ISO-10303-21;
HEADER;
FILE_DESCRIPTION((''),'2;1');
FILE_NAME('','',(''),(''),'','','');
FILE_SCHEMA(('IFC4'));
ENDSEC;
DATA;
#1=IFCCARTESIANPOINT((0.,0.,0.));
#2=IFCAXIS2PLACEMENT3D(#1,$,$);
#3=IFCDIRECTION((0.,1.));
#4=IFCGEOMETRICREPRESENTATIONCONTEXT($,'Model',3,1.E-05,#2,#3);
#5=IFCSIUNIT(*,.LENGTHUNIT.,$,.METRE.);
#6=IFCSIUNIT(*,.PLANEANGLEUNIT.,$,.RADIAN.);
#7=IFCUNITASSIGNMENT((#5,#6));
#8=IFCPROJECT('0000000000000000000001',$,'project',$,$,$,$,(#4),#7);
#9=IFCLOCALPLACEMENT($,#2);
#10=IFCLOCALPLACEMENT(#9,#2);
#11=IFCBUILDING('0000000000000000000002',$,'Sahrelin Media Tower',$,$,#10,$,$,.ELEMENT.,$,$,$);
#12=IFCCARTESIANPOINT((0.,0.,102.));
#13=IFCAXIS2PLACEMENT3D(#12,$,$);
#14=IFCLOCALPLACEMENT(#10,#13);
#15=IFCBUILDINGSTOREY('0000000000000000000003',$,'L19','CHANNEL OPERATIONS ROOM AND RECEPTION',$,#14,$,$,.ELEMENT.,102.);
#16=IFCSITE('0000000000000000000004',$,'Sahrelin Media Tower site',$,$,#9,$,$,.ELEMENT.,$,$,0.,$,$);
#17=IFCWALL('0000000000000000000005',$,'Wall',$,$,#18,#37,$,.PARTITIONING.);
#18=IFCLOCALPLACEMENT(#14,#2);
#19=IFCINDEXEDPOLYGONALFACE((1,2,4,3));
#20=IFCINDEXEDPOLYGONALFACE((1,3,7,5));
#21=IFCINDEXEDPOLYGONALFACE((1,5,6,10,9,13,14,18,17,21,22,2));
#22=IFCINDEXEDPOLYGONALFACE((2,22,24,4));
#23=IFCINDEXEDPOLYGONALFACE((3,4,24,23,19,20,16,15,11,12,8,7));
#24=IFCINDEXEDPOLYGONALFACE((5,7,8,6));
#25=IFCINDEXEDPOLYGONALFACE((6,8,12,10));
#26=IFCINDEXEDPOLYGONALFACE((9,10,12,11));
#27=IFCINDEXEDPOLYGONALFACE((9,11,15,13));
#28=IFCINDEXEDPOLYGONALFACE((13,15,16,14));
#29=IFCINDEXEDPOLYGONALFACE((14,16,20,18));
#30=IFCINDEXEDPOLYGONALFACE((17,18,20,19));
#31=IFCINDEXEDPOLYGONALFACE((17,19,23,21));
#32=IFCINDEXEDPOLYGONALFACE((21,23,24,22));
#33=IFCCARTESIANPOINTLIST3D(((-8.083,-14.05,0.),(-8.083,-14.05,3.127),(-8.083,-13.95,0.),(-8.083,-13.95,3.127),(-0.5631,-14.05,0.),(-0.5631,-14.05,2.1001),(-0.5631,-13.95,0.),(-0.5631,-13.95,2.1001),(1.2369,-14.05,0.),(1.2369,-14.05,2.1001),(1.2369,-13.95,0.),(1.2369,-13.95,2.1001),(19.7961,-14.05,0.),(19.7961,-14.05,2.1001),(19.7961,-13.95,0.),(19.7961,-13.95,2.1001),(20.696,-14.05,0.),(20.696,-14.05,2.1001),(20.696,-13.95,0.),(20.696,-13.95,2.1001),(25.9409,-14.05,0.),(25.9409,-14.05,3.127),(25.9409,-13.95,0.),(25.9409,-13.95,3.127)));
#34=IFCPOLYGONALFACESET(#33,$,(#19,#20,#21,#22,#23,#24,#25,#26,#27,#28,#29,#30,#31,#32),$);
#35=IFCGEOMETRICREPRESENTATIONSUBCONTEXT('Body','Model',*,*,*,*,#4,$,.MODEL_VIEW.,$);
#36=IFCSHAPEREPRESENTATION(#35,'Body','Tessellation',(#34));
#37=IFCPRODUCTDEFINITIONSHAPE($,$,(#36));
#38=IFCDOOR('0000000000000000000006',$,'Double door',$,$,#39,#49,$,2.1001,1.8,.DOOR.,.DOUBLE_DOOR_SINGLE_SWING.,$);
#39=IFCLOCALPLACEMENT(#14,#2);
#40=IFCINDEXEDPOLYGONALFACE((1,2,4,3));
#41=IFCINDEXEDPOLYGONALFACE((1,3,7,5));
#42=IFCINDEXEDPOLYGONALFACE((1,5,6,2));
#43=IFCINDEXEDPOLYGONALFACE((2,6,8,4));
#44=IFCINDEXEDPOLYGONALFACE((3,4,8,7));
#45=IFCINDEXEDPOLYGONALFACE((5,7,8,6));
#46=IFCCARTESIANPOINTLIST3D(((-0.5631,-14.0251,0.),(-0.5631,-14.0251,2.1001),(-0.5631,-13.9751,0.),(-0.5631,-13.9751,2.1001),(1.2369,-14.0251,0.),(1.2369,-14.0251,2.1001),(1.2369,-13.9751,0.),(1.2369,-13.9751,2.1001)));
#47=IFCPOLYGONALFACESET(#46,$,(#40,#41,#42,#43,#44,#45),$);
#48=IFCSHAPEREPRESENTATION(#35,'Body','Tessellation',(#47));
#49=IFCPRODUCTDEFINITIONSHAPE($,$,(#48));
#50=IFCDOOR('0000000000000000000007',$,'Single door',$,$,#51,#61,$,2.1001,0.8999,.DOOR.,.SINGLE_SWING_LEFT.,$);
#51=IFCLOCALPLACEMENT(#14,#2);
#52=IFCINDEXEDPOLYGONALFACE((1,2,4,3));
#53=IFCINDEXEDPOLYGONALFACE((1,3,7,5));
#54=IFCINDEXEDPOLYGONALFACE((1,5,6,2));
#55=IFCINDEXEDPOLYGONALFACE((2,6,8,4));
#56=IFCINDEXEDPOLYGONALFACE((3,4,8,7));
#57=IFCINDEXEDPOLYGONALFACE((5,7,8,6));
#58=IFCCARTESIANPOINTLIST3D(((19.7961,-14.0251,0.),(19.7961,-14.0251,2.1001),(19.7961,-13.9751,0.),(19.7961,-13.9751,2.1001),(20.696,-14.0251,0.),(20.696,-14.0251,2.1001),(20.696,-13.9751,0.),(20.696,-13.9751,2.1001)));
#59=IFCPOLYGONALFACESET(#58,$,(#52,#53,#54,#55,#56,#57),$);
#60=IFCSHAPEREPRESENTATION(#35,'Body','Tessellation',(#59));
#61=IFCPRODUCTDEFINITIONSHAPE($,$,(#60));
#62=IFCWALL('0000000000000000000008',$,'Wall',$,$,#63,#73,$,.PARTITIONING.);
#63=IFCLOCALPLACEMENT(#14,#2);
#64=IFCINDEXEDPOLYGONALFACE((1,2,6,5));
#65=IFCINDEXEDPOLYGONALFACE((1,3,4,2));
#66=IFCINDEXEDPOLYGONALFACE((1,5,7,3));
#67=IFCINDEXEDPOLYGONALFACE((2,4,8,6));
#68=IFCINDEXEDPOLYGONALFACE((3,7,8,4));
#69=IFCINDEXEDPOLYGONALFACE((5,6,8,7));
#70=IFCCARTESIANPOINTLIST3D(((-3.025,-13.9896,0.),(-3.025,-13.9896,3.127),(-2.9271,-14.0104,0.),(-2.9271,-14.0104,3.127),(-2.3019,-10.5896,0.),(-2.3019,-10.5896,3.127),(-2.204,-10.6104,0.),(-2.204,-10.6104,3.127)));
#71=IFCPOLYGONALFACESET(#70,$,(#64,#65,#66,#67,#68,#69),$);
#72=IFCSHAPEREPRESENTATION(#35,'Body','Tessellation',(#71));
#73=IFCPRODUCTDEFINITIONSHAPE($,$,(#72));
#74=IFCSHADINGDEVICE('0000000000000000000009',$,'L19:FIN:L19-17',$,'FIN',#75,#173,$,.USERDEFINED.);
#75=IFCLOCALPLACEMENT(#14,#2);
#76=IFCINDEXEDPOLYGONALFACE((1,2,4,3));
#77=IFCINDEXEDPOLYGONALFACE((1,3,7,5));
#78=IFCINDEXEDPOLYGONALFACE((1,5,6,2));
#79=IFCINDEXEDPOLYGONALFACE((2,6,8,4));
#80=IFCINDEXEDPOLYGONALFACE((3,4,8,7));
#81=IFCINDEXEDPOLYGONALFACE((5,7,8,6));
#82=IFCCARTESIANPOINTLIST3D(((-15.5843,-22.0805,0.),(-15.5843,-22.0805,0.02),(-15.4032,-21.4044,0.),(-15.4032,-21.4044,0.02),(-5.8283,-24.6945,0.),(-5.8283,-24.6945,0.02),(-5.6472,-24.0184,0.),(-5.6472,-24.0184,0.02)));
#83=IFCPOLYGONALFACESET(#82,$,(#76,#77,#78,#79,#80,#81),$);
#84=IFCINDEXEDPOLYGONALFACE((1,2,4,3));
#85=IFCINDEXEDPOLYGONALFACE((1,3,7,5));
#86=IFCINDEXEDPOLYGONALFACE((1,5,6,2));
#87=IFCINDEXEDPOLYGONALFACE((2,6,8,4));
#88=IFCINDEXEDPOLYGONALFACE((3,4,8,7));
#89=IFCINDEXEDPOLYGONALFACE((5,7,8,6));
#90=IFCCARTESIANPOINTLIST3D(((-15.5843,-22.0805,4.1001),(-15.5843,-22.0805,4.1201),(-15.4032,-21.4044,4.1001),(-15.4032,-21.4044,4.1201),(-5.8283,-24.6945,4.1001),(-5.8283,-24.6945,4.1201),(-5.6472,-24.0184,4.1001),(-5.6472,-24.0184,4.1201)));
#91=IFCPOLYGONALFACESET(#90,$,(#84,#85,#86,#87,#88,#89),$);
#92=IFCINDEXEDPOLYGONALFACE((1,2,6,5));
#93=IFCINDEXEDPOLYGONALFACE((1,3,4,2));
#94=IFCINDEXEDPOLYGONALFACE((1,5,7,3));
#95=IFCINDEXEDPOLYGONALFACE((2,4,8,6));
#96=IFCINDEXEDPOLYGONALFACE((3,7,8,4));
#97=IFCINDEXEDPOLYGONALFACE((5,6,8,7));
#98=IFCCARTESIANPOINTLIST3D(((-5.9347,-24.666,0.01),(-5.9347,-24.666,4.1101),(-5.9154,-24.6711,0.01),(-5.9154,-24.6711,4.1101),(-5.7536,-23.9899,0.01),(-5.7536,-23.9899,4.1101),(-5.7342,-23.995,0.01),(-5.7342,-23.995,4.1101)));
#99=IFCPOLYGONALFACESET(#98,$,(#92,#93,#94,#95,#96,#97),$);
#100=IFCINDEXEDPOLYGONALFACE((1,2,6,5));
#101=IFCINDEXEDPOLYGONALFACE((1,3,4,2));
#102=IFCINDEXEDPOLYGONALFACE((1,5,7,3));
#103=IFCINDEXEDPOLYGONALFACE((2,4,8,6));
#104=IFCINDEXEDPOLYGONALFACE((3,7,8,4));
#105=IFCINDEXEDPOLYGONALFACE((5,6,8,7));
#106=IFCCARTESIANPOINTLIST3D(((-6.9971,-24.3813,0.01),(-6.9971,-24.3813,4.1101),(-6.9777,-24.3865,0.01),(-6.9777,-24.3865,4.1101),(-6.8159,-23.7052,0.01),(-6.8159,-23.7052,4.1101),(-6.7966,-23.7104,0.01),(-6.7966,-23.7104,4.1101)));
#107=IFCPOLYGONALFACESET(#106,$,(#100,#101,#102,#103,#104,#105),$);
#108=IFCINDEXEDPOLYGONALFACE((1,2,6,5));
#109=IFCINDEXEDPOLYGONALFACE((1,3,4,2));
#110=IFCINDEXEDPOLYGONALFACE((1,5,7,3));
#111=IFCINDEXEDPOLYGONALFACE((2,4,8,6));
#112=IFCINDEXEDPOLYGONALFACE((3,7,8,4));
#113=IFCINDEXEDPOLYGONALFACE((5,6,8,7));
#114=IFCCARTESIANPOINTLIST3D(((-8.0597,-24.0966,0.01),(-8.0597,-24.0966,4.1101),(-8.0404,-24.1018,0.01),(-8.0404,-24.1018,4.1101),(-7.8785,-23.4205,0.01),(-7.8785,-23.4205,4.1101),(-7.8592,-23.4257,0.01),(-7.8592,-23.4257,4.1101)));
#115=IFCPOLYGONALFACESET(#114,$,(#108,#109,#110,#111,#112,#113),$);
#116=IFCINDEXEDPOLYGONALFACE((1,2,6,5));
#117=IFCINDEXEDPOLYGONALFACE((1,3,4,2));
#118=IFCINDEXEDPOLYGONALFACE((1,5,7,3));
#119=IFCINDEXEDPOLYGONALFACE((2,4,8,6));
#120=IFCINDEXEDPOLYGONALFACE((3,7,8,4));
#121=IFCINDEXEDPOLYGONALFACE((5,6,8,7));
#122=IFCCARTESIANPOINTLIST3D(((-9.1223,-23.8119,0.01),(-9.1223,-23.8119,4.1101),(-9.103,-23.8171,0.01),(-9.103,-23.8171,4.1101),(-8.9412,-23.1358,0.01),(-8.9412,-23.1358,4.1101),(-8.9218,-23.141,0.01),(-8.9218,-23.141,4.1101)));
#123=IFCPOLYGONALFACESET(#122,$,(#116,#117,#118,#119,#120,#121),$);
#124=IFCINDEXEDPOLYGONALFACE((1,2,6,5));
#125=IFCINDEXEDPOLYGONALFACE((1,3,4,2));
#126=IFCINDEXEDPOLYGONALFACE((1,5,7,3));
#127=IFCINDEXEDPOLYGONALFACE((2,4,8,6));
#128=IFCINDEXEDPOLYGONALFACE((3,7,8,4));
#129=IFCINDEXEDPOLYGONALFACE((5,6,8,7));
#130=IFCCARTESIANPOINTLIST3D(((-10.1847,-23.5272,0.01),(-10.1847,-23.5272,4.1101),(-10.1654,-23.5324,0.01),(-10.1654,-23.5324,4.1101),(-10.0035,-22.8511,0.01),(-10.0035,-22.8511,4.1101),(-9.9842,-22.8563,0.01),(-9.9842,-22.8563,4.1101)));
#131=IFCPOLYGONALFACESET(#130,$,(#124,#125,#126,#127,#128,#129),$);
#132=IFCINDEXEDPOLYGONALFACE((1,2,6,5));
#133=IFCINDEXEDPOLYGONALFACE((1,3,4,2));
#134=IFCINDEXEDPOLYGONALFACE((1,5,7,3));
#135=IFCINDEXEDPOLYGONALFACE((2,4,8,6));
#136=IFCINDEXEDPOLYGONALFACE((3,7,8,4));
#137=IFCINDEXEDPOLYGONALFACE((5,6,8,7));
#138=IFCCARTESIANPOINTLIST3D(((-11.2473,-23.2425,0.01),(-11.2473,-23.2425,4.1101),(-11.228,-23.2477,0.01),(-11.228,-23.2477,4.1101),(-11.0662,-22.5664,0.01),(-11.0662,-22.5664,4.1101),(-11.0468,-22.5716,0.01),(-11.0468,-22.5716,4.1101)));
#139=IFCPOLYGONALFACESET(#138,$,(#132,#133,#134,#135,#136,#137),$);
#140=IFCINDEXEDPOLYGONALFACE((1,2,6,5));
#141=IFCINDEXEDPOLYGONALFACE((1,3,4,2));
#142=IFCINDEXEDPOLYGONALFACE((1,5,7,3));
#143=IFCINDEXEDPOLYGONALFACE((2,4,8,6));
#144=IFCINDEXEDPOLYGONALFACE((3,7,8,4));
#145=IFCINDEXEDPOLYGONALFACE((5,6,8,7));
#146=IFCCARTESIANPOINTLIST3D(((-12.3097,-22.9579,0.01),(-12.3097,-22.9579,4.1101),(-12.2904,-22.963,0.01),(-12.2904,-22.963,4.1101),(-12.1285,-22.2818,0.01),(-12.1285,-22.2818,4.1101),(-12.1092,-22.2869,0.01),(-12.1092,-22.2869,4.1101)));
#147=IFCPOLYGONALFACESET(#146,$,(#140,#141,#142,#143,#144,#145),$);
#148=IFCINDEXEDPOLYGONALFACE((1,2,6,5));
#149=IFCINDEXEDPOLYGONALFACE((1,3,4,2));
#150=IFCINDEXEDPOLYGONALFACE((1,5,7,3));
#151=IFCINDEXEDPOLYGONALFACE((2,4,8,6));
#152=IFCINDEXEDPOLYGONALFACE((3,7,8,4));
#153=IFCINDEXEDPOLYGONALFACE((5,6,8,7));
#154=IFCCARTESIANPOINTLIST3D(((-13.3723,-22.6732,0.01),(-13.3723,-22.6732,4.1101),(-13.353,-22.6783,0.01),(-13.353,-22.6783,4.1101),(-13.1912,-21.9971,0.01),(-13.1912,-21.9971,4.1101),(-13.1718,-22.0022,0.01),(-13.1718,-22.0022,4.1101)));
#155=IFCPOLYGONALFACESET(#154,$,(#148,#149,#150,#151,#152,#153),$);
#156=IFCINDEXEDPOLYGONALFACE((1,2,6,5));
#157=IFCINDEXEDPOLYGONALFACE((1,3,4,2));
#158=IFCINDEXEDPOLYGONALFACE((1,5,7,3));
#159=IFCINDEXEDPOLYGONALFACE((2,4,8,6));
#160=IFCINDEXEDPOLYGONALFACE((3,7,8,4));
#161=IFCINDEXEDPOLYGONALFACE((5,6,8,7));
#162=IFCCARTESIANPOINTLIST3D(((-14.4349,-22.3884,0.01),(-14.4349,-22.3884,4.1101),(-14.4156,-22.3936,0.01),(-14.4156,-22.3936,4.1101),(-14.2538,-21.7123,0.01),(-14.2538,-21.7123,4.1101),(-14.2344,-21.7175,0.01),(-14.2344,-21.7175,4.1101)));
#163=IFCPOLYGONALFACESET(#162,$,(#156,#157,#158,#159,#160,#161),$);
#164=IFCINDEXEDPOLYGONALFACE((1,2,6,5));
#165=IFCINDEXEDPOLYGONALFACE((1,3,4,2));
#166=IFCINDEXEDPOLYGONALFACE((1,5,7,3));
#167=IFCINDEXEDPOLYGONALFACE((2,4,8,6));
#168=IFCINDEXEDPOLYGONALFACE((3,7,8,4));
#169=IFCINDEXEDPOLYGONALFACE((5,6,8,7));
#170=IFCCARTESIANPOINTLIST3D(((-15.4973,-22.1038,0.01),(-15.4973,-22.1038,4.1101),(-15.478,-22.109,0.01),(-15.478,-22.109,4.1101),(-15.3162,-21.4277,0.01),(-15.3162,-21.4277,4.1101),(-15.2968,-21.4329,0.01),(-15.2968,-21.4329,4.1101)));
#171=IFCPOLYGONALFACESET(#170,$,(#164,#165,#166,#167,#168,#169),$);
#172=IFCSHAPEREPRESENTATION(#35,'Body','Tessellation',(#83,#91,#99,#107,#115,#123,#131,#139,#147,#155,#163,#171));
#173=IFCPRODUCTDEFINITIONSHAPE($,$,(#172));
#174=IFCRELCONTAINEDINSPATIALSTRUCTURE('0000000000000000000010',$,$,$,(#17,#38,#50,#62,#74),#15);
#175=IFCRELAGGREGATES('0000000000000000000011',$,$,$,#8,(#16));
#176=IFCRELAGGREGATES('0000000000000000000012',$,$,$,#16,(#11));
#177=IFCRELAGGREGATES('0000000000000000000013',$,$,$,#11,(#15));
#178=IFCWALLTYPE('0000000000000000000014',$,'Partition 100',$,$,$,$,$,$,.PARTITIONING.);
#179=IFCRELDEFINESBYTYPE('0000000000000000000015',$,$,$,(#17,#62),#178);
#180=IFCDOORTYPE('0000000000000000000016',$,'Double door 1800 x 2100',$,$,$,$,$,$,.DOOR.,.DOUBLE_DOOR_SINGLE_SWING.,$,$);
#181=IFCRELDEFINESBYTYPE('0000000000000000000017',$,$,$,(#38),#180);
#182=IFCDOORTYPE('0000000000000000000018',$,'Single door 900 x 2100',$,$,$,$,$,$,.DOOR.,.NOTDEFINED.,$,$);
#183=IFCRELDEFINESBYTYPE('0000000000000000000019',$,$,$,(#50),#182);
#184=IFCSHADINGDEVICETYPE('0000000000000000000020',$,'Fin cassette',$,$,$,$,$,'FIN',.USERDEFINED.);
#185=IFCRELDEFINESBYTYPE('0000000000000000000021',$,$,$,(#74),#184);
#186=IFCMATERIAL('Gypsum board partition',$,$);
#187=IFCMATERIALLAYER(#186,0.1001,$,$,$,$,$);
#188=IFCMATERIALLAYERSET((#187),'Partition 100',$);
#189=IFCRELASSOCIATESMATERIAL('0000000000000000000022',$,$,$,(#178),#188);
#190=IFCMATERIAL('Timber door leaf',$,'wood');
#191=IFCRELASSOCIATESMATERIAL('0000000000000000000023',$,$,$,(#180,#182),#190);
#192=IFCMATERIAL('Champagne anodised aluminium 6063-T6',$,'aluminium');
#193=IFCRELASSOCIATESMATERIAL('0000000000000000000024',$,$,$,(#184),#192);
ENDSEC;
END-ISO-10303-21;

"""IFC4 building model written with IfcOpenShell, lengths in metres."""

from ifc_helpers import new_model, si_unit, direction, frame, frame_2d, origin, origin_2d, place, context, subcontext, project, spatial, rectangle, extrude, material, layer, layer_set, type_object, element, fill, save


model = new_model("IFC4")

# Units and contexts
model_context = context("Model", 3, precision=1e-05, world=origin(), true_north=direction((0.0, 1.0)))
body_context = subcontext(model_context, "Body", "Model", "MODEL_VIEW")
ifc_project = project(units=[si_unit("LENGTHUNIT", "METRE"), si_unit("PLANEANGLEUNIT", "RADIAN")], contexts=[model_context])

# Site, building, storey
site_placement = place(None, origin())
site = spatial("IfcSite", under=ifc_project, at=site_placement, Name="Sahrelin Media Tower site", CompositionType="ELEMENT", RefElevation=0.0)
building_placement = place(site_placement, origin())
building = spatial("IfcBuilding", under=site, at=building_placement, Name="Sahrelin Media Tower", CompositionType="ELEMENT")
storey_placement = place(building_placement, frame((0.0, 0.0, 102.0)))
storey = spatial("IfcBuildingStorey", under=building, at=storey_placement, Name="L19", Description="CHANNEL OPERATIONS ROOM AND RECEPTION", CompositionType="ELEMENT", Elevation=102.0)

# Shared definitions
ifc_material_1 = material(Name="Champagne anodised aluminium 6063-T6", Category="aluminium")

# Wall, openings, doors
ifc_material_2 = material(Name="Gypsum board partition")
ifc_layer_1 = layer(ifc_material_2, 0.1001)
ifc_layer_set_1 = layer_set([ifc_layer_1], Name="Partition 100")
wall_type_1 = type_object("IfcWallType", Name="Partition 100", PredefinedType="PARTITIONING", material=ifc_layer_set_1)
wall_1_placement = place(storey_placement, frame((-8.083, -14.0, 0.0), z_axis=(0.0, 0.0, 1.0), x_axis=(1.0, 0.0, 0.0)))
wall_1 = element("IfcWall", 1, at=wall_1_placement, inside=storey, type_object=wall_type_1, Name="Wall", PredefinedType="PARTITIONING", context=body_context, shape_type="SweptSolid", body=[
    extrude(rectangle(XDim=34.0239, YDim=0.1001, at=frame_2d((17.012, 0.0))), origin(), (0.0, 0.0, 1.0), 3.127),
])
opening_1_placement = place(wall_1_placement, frame((7.52, 0.0, 0.0)))
opening_1 = element("IfcOpeningElement", 2, at=opening_1_placement, cuts=wall_1, PredefinedType="OPENING", context=body_context, shape_type="SweptSolid", body=[
    extrude(rectangle(XDim=1.8, YDim=2.1001, at=frame_2d((0.8999, 1.05))), frame((0.0, 0.05, 0.0), z_axis=(0.0, -1.0, 0.0), x_axis=(1.0, 0.0, 0.0)), (0.0, 0.0, 1.0), 0.1001),
])
opening_2_placement = place(wall_1_placement, frame((27.8792, 0.0, 0.0)))
opening_2 = element("IfcOpeningElement", 3, at=opening_2_placement, cuts=wall_1, PredefinedType="OPENING", context=body_context, shape_type="SweptSolid", body=[
    extrude(rectangle(XDim=0.8999, YDim=2.1001, at=frame_2d((0.45, 1.05))), frame((0.0, 0.05, 0.0), z_axis=(0.0, -1.0, 0.0), x_axis=(1.0, 0.0, 0.0)), (0.0, 0.0, 1.0), 0.1001),
])
ifc_material_3 = material(Name="Timber door leaf", Category="wood")
door_type_1 = type_object("IfcDoorType", Name="Double door 1800 x 2100", OperationType="DOUBLE_DOOR_SINGLE_SWING", PredefinedType="DOOR", material=ifc_material_3)
door_1_placement = place(opening_1_placement, origin())
door_1 = element("IfcDoor", 4, at=door_1_placement, inside=storey, type_object=door_type_1, Name="Double door", OperationType="DOUBLE_DOOR_SINGLE_SWING", OverallHeight=2.1001, OverallWidth=1.8, PredefinedType="DOOR", context=body_context, shape_type="SweptSolid", body=[
    extrude(rectangle(XDim=1.8, YDim=2.1001, at=frame_2d((0.8999, 1.05))), frame((0.0, 0.0249, 0.0), z_axis=(0.0, -1.0, 0.0), x_axis=(1.0, 0.0, 0.0)), (0.0, 0.0, 1.0), 0.05),
])
fill(opening_1, door_1)
door_type_2 = type_object("IfcDoorType", Name="Single door 900 x 2100", OperationType="NOTDEFINED", PredefinedType="DOOR", material=ifc_material_3)
door_2_placement = place(opening_2_placement, origin())
door_2 = element("IfcDoor", 5, at=door_2_placement, inside=storey, type_object=door_type_2, Name="Single door", OperationType="SINGLE_SWING_LEFT", OverallHeight=2.1001, OverallWidth=0.8999, PredefinedType="DOOR", context=body_context, shape_type="SweptSolid", body=[
    extrude(rectangle(XDim=0.8999, YDim=2.1001, at=frame_2d((0.45, 1.05))), frame((0.0, 0.0249, 0.0), z_axis=(0.0, -1.0, 0.0), x_axis=(1.0, 0.0, 0.0)), (0.0, 0.0, 1.0), 0.05),
])
fill(opening_2, door_2)

# Wall
wall_2_placement = place(storey_placement, frame((-2.9761, -14.0, 0.0), z_axis=(0.0, 0.0, 1.0), x_axis=(0.208042, 0.97812, 0.0)))
element("IfcWall", 6, at=wall_2_placement, inside=storey, type_object=wall_type_1, Name="Wall", PredefinedType="PARTITIONING", context=body_context, shape_type="SweptSolid", body=[
    extrude(rectangle(XDim=3.4761, YDim=0.1001, at=frame_2d((1.738, 0.0))), origin(), (0.0, 0.0, 1.0), 3.127),
])

# Shading device
shading_device_type_1 = type_object("IfcShadingDeviceType", Name="Fin cassette", ElementType="FIN", PredefinedType="USERDEFINED", material=ifc_material_1)
placement = place(storey_placement, frame((-10.5071, -22.6438, 0.0), z_axis=(0.0, 0.0, 1.0), x_axis=(-0.965929, 0.258808, 0.0)))
element("IfcShadingDevice", 7, at=placement, inside=storey, type_object=shading_device_type_1, Name="L19:FIN:L19-17", ObjectType="FIN", PredefinedType="USERDEFINED", context=body_context, shape_type="SweptSolid", body=[
    extrude(rectangle(XDim=10.1001, YDim=0.7, at=origin_2d()), frame((0.0, 0.4199, 0.0)), (0.0, 0.0, 1.0), 0.02),
    extrude(rectangle(XDim=10.1001, YDim=0.7, at=origin_2d()), frame((0.0, 0.4199, 4.1001)), (0.0, 0.0, 1.0), 0.02),
    extrude(rectangle(XDim=0.02, YDim=0.7, at=origin_2d()), frame((-4.95, 0.4199, 0.01), z_axis=(0.0, 0.0, 1.0), x_axis=(1.0, 0.0, 0.0)), (0.0, 0.0, 1.0), 4.1001),
    extrude(rectangle(XDim=0.02, YDim=0.7, at=origin_2d()), frame((-3.8501, 0.4199, 0.01), z_axis=(0.0, 0.0, 1.0), x_axis=(1.0, 0.0, 0.0)), (0.0, 0.0, 1.0), 4.1001),
    extrude(rectangle(XDim=0.02, YDim=0.7, at=origin_2d()), frame((-2.75, 0.4199, 0.01), z_axis=(0.0, 0.0, 1.0), x_axis=(1.0, 0.0, 0.0)), (0.0, 0.0, 1.0), 4.1001),
    extrude(rectangle(XDim=0.02, YDim=0.7, at=origin_2d()), frame((-1.6499, 0.4199, 0.01), z_axis=(0.0, 0.0, 1.0), x_axis=(1.0, 0.0, 0.0)), (0.0, 0.0, 1.0), 4.1001),
    extrude(rectangle(XDim=0.02, YDim=0.7, at=origin_2d()), frame((-0.55, 0.4199, 0.01), z_axis=(0.0, 0.0, 1.0), x_axis=(1.0, 0.0, 0.0)), (0.0, 0.0, 1.0), 4.1001),
    extrude(rectangle(XDim=0.02, YDim=0.7, at=origin_2d()), frame((0.55, 0.4199, 0.01), z_axis=(0.0, 0.0, 1.0), x_axis=(1.0, 0.0, 0.0)), (0.0, 0.0, 1.0), 4.1001),
    extrude(rectangle(XDim=0.02, YDim=0.7, at=origin_2d()), frame((1.6499, 0.4199, 0.01), z_axis=(0.0, 0.0, 1.0), x_axis=(1.0, 0.0, 0.0)), (0.0, 0.0, 1.0), 4.1001),
    extrude(rectangle(XDim=0.02, YDim=0.7, at=origin_2d()), frame((2.75, 0.4199, 0.01), z_axis=(0.0, 0.0, 1.0), x_axis=(1.0, 0.0, 0.0)), (0.0, 0.0, 1.0), 4.1001),
    extrude(rectangle(XDim=0.02, YDim=0.7, at=origin_2d()), frame((3.8501, 0.4199, 0.01), z_axis=(0.0, 0.0, 1.0), x_axis=(1.0, 0.0, 0.0)), (0.0, 0.0, 1.0), 4.1001),
    extrude(rectangle(XDim=0.02, YDim=0.7, at=origin_2d()), frame((4.95, 0.4199, 0.01), z_axis=(0.0, 0.0, 1.0), x_axis=(1.0, 0.0, 0.0)), (0.0, 0.0, 1.0), 4.1001),
])

save(model, "model.ifc")
